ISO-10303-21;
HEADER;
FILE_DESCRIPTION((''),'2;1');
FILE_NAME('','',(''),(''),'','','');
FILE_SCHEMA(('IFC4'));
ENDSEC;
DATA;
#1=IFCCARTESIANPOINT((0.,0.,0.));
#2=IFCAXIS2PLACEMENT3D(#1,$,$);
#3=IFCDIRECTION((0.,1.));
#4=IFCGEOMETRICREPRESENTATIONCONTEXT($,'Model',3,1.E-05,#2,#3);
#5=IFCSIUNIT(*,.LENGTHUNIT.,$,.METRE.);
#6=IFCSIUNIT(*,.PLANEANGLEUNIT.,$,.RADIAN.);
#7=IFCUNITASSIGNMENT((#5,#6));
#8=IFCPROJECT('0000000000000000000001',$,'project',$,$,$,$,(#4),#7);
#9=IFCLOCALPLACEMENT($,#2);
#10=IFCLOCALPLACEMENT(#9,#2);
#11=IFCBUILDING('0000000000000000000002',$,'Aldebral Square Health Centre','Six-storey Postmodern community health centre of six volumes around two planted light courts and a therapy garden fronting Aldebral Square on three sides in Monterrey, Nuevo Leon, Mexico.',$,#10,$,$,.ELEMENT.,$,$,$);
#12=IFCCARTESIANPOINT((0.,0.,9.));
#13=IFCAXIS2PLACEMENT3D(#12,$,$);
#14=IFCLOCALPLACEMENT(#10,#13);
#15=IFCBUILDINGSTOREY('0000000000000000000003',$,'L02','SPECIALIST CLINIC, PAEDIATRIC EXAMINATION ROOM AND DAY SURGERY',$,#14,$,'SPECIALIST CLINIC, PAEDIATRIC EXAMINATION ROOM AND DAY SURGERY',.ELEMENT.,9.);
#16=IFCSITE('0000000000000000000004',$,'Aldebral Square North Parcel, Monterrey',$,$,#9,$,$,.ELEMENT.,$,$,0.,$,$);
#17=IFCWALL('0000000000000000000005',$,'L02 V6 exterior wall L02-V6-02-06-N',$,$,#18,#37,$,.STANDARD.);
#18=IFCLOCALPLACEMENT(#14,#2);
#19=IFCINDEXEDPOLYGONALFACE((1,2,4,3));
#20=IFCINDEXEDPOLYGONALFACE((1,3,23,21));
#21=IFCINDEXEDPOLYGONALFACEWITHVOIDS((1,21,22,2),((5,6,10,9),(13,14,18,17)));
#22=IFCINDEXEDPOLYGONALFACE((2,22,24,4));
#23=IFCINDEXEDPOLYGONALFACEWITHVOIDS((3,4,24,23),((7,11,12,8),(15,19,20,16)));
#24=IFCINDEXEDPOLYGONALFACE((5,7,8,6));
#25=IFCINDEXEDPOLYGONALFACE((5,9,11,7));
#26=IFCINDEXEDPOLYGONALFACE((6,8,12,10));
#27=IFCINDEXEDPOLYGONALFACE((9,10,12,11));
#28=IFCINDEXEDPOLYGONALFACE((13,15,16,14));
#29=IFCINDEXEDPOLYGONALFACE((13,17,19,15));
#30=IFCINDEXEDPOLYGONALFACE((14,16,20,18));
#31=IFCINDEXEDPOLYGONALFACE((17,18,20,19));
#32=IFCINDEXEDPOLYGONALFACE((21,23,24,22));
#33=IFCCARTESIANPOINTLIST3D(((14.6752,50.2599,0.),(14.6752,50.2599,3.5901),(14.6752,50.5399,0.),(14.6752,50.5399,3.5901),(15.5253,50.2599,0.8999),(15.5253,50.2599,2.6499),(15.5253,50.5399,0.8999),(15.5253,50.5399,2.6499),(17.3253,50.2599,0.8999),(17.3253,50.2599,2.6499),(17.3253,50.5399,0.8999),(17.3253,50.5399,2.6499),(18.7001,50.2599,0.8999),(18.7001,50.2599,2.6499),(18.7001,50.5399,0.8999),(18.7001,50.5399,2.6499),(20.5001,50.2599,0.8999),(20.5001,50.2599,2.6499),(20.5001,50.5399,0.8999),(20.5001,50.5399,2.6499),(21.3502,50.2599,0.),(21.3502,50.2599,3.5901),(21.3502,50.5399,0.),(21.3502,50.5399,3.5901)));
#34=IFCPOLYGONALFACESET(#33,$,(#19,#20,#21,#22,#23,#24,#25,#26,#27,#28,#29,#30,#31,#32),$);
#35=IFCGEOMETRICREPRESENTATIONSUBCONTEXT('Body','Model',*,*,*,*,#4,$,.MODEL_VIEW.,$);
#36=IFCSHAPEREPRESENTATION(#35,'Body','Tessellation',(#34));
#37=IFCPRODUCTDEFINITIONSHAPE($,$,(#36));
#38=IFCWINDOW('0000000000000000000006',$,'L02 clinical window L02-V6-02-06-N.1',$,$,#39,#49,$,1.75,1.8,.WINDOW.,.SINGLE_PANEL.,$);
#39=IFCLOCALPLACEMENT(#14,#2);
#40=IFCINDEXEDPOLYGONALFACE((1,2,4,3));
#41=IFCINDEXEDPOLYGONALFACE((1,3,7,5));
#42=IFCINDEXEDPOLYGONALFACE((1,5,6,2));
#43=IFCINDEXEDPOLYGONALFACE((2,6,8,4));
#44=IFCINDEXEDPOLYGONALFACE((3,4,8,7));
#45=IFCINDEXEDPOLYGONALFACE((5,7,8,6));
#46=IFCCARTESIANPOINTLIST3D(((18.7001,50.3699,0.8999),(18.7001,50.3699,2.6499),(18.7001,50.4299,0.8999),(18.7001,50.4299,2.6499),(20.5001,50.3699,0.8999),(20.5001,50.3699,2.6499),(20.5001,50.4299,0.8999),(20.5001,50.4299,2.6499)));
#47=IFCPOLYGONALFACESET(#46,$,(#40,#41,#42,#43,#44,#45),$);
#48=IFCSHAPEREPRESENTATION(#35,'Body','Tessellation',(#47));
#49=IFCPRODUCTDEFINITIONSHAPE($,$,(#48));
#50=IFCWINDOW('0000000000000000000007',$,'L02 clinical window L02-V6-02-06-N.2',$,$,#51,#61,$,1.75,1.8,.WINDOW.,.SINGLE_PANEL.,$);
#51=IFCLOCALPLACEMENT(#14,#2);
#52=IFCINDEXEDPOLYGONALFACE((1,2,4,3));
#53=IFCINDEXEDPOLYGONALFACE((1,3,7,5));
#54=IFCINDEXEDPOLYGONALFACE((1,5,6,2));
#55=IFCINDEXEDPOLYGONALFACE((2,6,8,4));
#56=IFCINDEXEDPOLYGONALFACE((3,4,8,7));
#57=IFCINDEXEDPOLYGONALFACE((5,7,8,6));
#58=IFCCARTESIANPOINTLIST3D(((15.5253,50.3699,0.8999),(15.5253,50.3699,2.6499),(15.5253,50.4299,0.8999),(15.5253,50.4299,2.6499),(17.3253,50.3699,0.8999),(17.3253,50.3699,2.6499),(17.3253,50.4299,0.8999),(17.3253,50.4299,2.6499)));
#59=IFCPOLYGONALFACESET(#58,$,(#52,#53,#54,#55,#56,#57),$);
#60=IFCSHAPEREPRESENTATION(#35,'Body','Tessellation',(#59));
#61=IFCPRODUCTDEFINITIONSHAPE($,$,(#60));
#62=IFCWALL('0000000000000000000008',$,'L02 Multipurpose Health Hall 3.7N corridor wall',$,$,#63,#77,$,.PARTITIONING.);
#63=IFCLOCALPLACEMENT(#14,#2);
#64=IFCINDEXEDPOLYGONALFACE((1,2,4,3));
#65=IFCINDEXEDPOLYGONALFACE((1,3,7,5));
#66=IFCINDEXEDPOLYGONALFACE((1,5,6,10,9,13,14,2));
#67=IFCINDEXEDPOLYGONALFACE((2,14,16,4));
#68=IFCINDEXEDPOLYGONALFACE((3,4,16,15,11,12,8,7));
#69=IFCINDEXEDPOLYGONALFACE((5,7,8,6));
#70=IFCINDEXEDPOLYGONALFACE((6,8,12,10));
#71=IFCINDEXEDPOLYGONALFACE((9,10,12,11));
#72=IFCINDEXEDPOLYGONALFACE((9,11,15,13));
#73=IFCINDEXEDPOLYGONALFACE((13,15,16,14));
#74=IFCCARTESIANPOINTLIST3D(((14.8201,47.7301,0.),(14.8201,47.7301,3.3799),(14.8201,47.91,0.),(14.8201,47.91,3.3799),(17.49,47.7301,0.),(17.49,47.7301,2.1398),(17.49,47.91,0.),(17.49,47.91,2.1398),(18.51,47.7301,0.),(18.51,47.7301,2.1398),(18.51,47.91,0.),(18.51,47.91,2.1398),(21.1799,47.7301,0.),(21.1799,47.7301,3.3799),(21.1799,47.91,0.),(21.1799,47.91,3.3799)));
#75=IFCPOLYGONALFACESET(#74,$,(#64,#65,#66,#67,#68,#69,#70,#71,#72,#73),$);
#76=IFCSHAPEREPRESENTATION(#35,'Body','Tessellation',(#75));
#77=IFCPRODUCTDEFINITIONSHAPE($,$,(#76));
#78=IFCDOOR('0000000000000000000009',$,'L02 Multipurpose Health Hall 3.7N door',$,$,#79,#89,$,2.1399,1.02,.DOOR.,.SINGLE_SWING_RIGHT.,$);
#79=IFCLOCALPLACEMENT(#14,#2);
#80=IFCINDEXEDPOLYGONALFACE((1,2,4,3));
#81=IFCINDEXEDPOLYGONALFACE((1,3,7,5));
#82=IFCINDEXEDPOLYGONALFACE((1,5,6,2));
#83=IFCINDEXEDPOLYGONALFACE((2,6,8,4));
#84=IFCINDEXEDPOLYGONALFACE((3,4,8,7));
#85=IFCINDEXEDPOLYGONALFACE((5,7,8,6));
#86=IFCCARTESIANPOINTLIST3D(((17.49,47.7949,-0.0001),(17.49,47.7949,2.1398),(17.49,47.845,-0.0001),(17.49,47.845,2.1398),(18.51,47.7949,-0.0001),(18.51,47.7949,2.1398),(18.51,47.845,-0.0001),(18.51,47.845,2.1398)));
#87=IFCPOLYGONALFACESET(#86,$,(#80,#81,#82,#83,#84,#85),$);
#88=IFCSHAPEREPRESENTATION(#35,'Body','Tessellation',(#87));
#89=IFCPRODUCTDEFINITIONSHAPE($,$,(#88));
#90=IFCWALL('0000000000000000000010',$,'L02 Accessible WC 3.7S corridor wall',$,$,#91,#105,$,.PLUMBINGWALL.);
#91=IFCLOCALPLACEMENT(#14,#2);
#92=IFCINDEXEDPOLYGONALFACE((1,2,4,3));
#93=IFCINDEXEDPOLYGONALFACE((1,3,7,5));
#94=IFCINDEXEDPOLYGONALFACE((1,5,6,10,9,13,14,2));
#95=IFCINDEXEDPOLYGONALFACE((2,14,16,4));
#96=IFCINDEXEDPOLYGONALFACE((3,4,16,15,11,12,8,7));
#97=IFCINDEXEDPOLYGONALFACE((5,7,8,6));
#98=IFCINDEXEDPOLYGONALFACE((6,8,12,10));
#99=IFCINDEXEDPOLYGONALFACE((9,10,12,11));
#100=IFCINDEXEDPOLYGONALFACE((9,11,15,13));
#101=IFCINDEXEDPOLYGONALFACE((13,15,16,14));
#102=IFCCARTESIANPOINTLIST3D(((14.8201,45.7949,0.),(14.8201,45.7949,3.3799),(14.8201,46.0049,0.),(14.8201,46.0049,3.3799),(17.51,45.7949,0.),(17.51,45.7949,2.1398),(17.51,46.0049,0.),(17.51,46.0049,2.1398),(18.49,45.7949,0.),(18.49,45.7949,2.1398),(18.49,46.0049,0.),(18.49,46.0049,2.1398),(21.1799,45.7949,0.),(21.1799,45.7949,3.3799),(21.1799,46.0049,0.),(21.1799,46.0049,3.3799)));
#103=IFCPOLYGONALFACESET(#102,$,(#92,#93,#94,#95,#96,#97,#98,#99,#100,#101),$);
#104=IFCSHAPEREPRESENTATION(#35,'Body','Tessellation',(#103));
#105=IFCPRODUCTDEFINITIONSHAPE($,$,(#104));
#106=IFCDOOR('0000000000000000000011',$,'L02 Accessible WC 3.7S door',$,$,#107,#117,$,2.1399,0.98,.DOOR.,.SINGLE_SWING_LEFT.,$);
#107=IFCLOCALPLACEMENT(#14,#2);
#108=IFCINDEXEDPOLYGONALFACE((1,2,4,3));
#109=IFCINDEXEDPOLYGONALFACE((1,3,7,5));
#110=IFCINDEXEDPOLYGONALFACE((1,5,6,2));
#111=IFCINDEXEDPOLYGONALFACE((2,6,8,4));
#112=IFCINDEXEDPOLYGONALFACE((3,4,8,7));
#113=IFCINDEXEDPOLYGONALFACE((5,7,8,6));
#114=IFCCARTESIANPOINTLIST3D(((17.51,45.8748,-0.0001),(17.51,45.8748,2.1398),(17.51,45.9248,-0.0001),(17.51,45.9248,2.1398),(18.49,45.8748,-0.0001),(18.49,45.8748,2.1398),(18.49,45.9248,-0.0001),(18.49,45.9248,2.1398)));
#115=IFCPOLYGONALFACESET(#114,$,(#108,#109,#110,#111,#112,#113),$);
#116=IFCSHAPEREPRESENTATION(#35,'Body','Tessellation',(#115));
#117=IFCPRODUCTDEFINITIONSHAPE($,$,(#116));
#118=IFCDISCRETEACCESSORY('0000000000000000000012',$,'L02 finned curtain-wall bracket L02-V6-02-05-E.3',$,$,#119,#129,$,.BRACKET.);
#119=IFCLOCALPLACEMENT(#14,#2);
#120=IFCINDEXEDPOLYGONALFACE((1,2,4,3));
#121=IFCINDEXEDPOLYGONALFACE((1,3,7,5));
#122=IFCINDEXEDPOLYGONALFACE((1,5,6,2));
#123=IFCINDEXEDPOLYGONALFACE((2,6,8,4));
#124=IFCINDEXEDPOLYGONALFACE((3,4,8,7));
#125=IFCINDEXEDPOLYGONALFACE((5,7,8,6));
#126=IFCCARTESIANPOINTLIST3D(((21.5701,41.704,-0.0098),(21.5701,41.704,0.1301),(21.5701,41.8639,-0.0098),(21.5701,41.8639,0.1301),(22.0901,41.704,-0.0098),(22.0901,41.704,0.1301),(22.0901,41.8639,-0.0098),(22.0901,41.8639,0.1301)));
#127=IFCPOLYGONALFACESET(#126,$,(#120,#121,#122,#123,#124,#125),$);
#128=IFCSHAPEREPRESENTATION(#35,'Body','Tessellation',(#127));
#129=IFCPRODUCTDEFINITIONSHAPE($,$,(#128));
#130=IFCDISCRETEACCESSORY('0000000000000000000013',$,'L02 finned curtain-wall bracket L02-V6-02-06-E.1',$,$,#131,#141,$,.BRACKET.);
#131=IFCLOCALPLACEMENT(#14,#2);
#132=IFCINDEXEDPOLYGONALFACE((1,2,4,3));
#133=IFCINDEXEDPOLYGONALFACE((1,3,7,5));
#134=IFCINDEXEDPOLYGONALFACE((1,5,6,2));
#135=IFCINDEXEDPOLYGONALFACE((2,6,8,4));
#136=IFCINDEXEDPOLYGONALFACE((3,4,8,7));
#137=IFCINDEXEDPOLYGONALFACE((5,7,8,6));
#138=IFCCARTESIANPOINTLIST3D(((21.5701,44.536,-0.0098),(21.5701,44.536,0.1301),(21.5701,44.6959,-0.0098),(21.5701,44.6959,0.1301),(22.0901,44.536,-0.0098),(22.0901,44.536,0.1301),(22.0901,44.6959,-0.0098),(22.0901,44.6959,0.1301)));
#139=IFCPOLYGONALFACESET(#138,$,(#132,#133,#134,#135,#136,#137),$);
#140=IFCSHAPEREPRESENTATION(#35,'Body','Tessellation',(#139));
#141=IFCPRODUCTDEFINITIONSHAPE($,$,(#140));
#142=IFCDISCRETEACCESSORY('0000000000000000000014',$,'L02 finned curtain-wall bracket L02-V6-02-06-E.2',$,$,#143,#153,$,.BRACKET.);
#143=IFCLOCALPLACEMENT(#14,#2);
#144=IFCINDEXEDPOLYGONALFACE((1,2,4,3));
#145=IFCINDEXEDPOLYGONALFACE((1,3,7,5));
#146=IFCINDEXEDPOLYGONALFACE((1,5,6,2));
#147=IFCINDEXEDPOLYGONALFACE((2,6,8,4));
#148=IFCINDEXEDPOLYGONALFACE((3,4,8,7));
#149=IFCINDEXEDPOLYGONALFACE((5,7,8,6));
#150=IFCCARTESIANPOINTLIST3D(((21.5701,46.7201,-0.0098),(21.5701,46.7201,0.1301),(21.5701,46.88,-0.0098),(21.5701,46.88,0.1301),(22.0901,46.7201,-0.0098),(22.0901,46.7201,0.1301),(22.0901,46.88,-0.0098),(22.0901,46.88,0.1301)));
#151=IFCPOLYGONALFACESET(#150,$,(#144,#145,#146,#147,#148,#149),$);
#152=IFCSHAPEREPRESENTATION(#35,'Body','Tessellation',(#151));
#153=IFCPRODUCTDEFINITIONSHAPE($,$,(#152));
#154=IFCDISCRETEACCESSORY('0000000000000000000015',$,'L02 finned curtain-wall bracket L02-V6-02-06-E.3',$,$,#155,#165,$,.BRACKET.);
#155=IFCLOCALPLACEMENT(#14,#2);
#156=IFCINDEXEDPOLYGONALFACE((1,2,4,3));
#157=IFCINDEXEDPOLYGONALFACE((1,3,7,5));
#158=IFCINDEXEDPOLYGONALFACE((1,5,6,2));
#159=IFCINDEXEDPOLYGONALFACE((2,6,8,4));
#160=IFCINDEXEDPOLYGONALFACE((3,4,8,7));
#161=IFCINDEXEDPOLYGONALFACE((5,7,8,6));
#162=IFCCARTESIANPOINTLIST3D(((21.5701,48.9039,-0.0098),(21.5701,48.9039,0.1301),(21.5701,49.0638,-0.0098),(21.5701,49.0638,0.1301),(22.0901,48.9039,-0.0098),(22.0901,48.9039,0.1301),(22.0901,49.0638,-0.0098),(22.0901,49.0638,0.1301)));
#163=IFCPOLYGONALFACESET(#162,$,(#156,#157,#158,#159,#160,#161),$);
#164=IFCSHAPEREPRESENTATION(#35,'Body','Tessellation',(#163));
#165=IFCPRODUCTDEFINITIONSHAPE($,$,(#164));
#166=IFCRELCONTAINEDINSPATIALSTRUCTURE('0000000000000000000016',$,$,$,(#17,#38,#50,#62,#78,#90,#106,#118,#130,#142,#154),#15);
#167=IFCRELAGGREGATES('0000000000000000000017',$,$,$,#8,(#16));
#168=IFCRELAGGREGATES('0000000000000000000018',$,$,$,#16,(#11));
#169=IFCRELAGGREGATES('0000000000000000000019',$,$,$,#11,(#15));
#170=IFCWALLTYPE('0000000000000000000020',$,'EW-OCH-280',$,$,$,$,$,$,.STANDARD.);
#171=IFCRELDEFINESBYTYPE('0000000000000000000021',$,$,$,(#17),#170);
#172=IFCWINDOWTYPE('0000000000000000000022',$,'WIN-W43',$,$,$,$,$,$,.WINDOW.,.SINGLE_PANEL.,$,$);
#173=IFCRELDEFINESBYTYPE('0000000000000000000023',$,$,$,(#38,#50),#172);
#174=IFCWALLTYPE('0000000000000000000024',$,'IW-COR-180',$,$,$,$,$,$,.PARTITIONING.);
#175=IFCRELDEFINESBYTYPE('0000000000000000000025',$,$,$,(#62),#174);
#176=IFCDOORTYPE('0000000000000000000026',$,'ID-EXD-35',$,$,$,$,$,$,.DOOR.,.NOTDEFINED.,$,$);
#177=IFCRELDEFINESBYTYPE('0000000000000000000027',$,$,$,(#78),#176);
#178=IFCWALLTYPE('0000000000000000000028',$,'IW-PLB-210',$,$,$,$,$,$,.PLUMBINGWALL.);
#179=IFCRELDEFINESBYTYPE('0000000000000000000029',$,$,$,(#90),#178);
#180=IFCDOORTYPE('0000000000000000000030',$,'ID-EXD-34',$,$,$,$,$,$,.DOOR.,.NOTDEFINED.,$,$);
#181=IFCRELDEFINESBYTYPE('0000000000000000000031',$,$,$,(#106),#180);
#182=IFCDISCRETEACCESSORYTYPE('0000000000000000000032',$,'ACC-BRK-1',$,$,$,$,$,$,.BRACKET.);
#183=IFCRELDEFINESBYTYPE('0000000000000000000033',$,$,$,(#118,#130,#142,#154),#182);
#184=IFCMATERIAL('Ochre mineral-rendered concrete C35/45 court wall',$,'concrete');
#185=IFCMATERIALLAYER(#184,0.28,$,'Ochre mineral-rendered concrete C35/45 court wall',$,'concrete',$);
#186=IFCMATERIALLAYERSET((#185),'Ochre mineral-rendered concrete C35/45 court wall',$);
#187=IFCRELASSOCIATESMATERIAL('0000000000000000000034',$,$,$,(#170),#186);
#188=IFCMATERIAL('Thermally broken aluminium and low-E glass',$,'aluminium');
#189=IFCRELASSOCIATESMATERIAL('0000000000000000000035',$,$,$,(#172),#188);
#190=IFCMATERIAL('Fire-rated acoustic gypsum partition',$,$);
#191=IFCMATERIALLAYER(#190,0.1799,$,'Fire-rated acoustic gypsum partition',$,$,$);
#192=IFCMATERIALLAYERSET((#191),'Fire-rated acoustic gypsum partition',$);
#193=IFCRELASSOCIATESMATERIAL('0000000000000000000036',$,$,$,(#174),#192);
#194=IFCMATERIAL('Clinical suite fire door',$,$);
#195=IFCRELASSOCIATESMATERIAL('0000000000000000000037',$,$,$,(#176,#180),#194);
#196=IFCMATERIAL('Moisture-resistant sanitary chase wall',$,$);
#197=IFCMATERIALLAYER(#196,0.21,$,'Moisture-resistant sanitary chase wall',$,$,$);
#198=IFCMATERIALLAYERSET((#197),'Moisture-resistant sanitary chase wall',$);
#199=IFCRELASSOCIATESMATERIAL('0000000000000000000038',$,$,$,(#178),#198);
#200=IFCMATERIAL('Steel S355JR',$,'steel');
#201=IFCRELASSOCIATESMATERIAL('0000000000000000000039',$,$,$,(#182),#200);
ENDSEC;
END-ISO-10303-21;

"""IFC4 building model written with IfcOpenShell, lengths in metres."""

from ifc_helpers import new_model, si_unit, direction, frame, frame_2d, origin, origin_2d, place, context, subcontext, project, spatial, rectangle, extrude, material, layer, layer_set, type_object, element, fill, save


model = new_model("IFC4")

# Units and contexts
model_context = context("Model", 3, precision=1e-05, world=origin(), true_north=direction((0.0, 1.0)))
body_context = subcontext(model_context, "Body", "Model", "MODEL_VIEW")
ifc_project = project(units=[si_unit("LENGTHUNIT", "METRE"), si_unit("PLANEANGLEUNIT", "RADIAN")], contexts=[model_context])

# Site, building, storey
site_placement = place(None, origin())
site = spatial("IfcSite", under=ifc_project, at=site_placement, Name="Aldebral Square North Parcel, Monterrey", CompositionType="ELEMENT", RefElevation=0.0)
building_placement = place(site_placement, origin())
building = spatial("IfcBuilding", under=site, at=building_placement, Name="Aldebral Square Health Centre", Description="Six-storey Postmodern community health centre of six volumes around two planted light courts and a therapy garden fronting Aldebral Square on three sides in Monterrey, Nuevo Leon, Mexico.", CompositionType="ELEMENT")
storey_placement = place(building_placement, frame((0.0, 0.0, 9.0)))
storey = spatial("IfcBuildingStorey", under=building, at=storey_placement, Name="L02", Description="SPECIALIST CLINIC, PAEDIATRIC EXAMINATION ROOM AND DAY SURGERY", LongName="SPECIALIST CLINIC, PAEDIATRIC EXAMINATION ROOM AND DAY SURGERY", CompositionType="ELEMENT", Elevation=9.0)

# Wall, openings, windows
ifc_material_1 = material(Name="Ochre mineral-rendered concrete C35/45 court wall", Category="concrete")
ifc_layer_1 = layer(ifc_material_1, 0.28, Name="Ochre mineral-rendered concrete C35/45 court wall", Category="concrete")
ifc_layer_set_1 = layer_set([ifc_layer_1], Name="Ochre mineral-rendered concrete C35/45 court wall")
wall_type_1 = type_object("IfcWallType", Name="EW-OCH-280", PredefinedType="STANDARD", material=ifc_layer_set_1)
wall_1_placement = place(storey_placement, frame((21.3501, 50.3999, 0.0), z_axis=(0.0, 0.0, 1.0), x_axis=(-1.0, 0.0, 0.0)))
wall_1 = element("IfcWall", 1, at=wall_1_placement, inside=storey, type_object=wall_type_1, Name="L02 V6 exterior wall L02-V6-02-06-N", PredefinedType="STANDARD", context=body_context, shape_type="SweptSolid", body=[
    extrude(rectangle(XDim=6.675, YDim=0.28, at=frame_2d((3.3374, 0.0))), origin(), (0.0, 0.0, 1.0), 3.5901),
])
opening_1_placement = place(wall_1_placement, frame((0.8501, 0.0, 0.8999)))
opening_1 = element("IfcOpeningElement", 2, at=opening_1_placement, cuts=wall_1, PredefinedType="OPENING", context=body_context, shape_type="SweptSolid", body=[
    extrude(rectangle(XDim=1.8, YDim=1.75, at=frame_2d((0.8999, 0.875))), frame((0.0, 0.1499, 0.0), z_axis=(0.0, -1.0, 0.0), x_axis=(1.0, 0.0, 0.0)), (0.0, 0.0, 1.0), 0.3),
])
opening_2_placement = place(wall_1_placement, frame((4.0249, 0.0, 0.8999)))
opening_2 = element("IfcOpeningElement", 3, at=opening_2_placement, cuts=wall_1, PredefinedType="OPENING", context=body_context, shape_type="SweptSolid", body=[
    extrude(rectangle(XDim=1.8, YDim=1.75, at=frame_2d((0.8999, 0.875))), frame((0.0, 0.1499, 0.0), z_axis=(0.0, -1.0, 0.0), x_axis=(1.0, 0.0, 0.0)), (0.0, 0.0, 1.0), 0.3),
])
ifc_material_2 = material(Name="Thermally broken aluminium and low-E glass", Category="aluminium")
window_type = type_object("IfcWindowType", Name="WIN-W43", PartitioningType="SINGLE_PANEL", PredefinedType="WINDOW", material=ifc_material_2)
window_1_placement = place(opening_1_placement, origin())
window_1 = element("IfcWindow", 4, at=window_1_placement, inside=storey, type_object=window_type, Name="L02 clinical window L02-V6-02-06-N.1", OverallHeight=1.75, OverallWidth=1.8, PartitioningType="SINGLE_PANEL", PredefinedType="WINDOW", context=body_context, shape_type="SweptSolid", body=[
    extrude(rectangle(XDim=1.8, YDim=1.75, at=frame_2d((0.8999, 0.875))), frame((0.0, 0.03, 0.0), z_axis=(0.0, -1.0, 0.0), x_axis=(1.0, 0.0, 0.0)), (0.0, 0.0, 1.0), 0.0601),
])
fill(opening_1, window_1)
window_2_placement = place(opening_2_placement, origin())
window_2 = element("IfcWindow", 5, at=window_2_placement, inside=storey, type_object=window_type, Name="L02 clinical window L02-V6-02-06-N.2", OverallHeight=1.75, OverallWidth=1.8, PartitioningType="SINGLE_PANEL", PredefinedType="WINDOW", context=body_context, shape_type="SweptSolid", body=[
    extrude(rectangle(XDim=1.8, YDim=1.75, at=frame_2d((0.8999, 0.875))), frame((0.0, 0.03, 0.0), z_axis=(0.0, -1.0, 0.0), x_axis=(1.0, 0.0, 0.0)), (0.0, 0.0, 1.0), 0.0601),
])
fill(opening_2, window_2)

# Walls, openings, doors
ifc_material_3 = material(Name="Fire-rated acoustic gypsum partition")
ifc_layer_2 = layer(ifc_material_3, 0.1799, Name="Fire-rated acoustic gypsum partition")
ifc_layer_set_2 = layer_set([ifc_layer_2], Name="Fire-rated acoustic gypsum partition")
wall_type_2 = type_object("IfcWallType", Name="IW-COR-180", PredefinedType="PARTITIONING", material=ifc_layer_set_2)
wall_2_placement = place(storey_placement, frame((14.8201, 47.8201, 0.0), z_axis=(0.0, 0.0, 1.0), x_axis=(1.0, 0.0, 0.0)))
wall_2 = element("IfcWall", 6, at=wall_2_placement, inside=storey, type_object=wall_type_2, Name="L02 Multipurpose Health Hall 3.7N corridor wall", PredefinedType="PARTITIONING", context=body_context, shape_type="SweptSolid", body=[
    extrude(rectangle(XDim=6.3599, YDim=0.1799, at=frame_2d((3.1799, 0.0))), origin(), (0.0, 0.0, 1.0), 3.3799),
])
opening_3_placement = place(wall_2_placement, frame((2.6699, 0.0, 0.0)))
opening_3 = element("IfcOpeningElement", 7, at=opening_3_placement, cuts=wall_2, PredefinedType="OPENING", context=body_context, shape_type="SweptSolid", body=[
    extrude(rectangle(XDim=1.02, YDim=2.1399, at=frame_2d((0.51, 1.0698))), frame((0.0, 0.1001, 0.0), z_axis=(0.0, -1.0, 0.0), x_axis=(1.0, 0.0, 0.0)), (0.0, 0.0, 1.0), 0.2),
])
ifc_material_4 = material(Name="Clinical suite fire door")
door_type_1 = type_object("IfcDoorType", Name="ID-EXD-35", OperationType="NOTDEFINED", PredefinedType="DOOR", material=ifc_material_4)
door_1_placement = place(opening_3_placement, origin())
door_1 = element("IfcDoor", 8, at=door_1_placement, inside=storey, type_object=door_type_1, Name="L02 Multipurpose Health Hall 3.7N door", OperationType="SINGLE_SWING_RIGHT", OverallHeight=2.1399, OverallWidth=1.02, PredefinedType="DOOR", context=body_context, shape_type="SweptSolid", body=[
    extrude(rectangle(XDim=1.02, YDim=2.1399, at=frame_2d((0.51, 1.0698))), frame((0.0, 0.0249, 0.0), z_axis=(0.0, -1.0, 0.0), x_axis=(1.0, 0.0, 0.0)), (0.0, 0.0, 1.0), 0.05),
])
fill(opening_3, door_1)
ifc_material_5 = material(Name="Moisture-resistant sanitary chase wall")
ifc_layer_3 = layer(ifc_material_5, 0.21, Name="Moisture-resistant sanitary chase wall")
ifc_layer_set_3 = layer_set([ifc_layer_3], Name="Moisture-resistant sanitary chase wall")
wall_type_3 = type_object("IfcWallType", Name="IW-PLB-210", PredefinedType="PLUMBINGWALL", material=ifc_layer_set_3)
wall_3_placement = place(storey_placement, frame((14.8201, 45.8999, 0.0), z_axis=(0.0, 0.0, 1.0), x_axis=(1.0, 0.0, 0.0)))
wall_3 = element("IfcWall", 9, at=wall_3_placement, inside=storey, type_object=wall_type_3, Name="L02 Accessible WC 3.7S corridor wall", PredefinedType="PLUMBINGWALL", context=body_context, shape_type="SweptSolid", body=[
    extrude(rectangle(XDim=6.3599, YDim=0.21, at=frame_2d((3.1799, 0.0))), origin(), (0.0, 0.0, 1.0), 3.3799),
])
opening_4_placement = place(wall_3_placement, frame((2.6899, 0.0, 0.0)))
opening_4 = element("IfcOpeningElement", 10, at=opening_4_placement, cuts=wall_3, PredefinedType="OPENING", context=body_context, shape_type="SweptSolid", body=[
    extrude(rectangle(XDim=0.98, YDim=2.1399, at=frame_2d((0.49, 1.0698))), frame((0.0, 0.115, 0.0), z_axis=(0.0, -1.0, 0.0), x_axis=(1.0, 0.0, 0.0)), (0.0, 0.0, 1.0), 0.23),
])
door_type_2 = type_object("IfcDoorType", Name="ID-EXD-34", OperationType="NOTDEFINED", PredefinedType="DOOR", material=ifc_material_4)
door_2_placement = place(opening_4_placement, origin())
door_2 = element("IfcDoor", 11, at=door_2_placement, inside=storey, type_object=door_type_2, Name="L02 Accessible WC 3.7S door", OperationType="SINGLE_SWING_LEFT", OverallHeight=2.1399, OverallWidth=0.98, PredefinedType="DOOR", context=body_context, shape_type="SweptSolid", body=[
    extrude(rectangle(XDim=0.98, YDim=2.1399, at=frame_2d((0.49, 1.0698))), frame((0.0, 0.0249, 0.0), z_axis=(0.0, -1.0, 0.0), x_axis=(1.0, 0.0, 0.0)), (0.0, 0.0, 1.0), 0.05),
])
fill(opening_4, door_2)

# Discrete accessories
ifc_material_6 = material(Name="Steel S355JR", Category="steel")
discrete_accessory_type = type_object("IfcDiscreteAccessoryType", Name="ACC-BRK-1", PredefinedType="BRACKET", material=ifc_material_6)
for number, where, z_axis, x_axis, name in (
    (12, (21.8301, 41.7839, -0.0098), (0.0, 0.0, 1.0), (0.0, 1.0, 0.0), "L02 finned curtain-wall bracket L02-V6-02-05-E.3"),
    (13, (21.8301, 44.616, -0.0098), (0.0, 0.0, 1.0), (0.0, 1.0, 0.0), "L02 finned curtain-wall bracket L02-V6-02-06-E.1"),
    (14, (21.8301, 46.8, -0.0098), (0.0, 0.0, 1.0), (0.0, 1.0, 0.0), "L02 finned curtain-wall bracket L02-V6-02-06-E.2"),
    (15, (21.8301, 48.9839, -0.0098), (0.0, 0.0, 1.0), (0.0, 1.0, 0.0), "L02 finned curtain-wall bracket L02-V6-02-06-E.3"),
):
    element("IfcDiscreteAccessory", number, at=place(storey_placement, frame(where, z_axis=z_axis, x_axis=x_axis)), inside=storey, type_object=discrete_accessory_type, Name=name, PredefinedType="BRACKET", context=body_context, shape_type="SweptSolid", body=[
        extrude(rectangle(XDim=0.1599, YDim=0.52, at=origin_2d()), origin(), (0.0, 0.0, 1.0), 0.1399),
    ])

save(model, "model.ifc")
